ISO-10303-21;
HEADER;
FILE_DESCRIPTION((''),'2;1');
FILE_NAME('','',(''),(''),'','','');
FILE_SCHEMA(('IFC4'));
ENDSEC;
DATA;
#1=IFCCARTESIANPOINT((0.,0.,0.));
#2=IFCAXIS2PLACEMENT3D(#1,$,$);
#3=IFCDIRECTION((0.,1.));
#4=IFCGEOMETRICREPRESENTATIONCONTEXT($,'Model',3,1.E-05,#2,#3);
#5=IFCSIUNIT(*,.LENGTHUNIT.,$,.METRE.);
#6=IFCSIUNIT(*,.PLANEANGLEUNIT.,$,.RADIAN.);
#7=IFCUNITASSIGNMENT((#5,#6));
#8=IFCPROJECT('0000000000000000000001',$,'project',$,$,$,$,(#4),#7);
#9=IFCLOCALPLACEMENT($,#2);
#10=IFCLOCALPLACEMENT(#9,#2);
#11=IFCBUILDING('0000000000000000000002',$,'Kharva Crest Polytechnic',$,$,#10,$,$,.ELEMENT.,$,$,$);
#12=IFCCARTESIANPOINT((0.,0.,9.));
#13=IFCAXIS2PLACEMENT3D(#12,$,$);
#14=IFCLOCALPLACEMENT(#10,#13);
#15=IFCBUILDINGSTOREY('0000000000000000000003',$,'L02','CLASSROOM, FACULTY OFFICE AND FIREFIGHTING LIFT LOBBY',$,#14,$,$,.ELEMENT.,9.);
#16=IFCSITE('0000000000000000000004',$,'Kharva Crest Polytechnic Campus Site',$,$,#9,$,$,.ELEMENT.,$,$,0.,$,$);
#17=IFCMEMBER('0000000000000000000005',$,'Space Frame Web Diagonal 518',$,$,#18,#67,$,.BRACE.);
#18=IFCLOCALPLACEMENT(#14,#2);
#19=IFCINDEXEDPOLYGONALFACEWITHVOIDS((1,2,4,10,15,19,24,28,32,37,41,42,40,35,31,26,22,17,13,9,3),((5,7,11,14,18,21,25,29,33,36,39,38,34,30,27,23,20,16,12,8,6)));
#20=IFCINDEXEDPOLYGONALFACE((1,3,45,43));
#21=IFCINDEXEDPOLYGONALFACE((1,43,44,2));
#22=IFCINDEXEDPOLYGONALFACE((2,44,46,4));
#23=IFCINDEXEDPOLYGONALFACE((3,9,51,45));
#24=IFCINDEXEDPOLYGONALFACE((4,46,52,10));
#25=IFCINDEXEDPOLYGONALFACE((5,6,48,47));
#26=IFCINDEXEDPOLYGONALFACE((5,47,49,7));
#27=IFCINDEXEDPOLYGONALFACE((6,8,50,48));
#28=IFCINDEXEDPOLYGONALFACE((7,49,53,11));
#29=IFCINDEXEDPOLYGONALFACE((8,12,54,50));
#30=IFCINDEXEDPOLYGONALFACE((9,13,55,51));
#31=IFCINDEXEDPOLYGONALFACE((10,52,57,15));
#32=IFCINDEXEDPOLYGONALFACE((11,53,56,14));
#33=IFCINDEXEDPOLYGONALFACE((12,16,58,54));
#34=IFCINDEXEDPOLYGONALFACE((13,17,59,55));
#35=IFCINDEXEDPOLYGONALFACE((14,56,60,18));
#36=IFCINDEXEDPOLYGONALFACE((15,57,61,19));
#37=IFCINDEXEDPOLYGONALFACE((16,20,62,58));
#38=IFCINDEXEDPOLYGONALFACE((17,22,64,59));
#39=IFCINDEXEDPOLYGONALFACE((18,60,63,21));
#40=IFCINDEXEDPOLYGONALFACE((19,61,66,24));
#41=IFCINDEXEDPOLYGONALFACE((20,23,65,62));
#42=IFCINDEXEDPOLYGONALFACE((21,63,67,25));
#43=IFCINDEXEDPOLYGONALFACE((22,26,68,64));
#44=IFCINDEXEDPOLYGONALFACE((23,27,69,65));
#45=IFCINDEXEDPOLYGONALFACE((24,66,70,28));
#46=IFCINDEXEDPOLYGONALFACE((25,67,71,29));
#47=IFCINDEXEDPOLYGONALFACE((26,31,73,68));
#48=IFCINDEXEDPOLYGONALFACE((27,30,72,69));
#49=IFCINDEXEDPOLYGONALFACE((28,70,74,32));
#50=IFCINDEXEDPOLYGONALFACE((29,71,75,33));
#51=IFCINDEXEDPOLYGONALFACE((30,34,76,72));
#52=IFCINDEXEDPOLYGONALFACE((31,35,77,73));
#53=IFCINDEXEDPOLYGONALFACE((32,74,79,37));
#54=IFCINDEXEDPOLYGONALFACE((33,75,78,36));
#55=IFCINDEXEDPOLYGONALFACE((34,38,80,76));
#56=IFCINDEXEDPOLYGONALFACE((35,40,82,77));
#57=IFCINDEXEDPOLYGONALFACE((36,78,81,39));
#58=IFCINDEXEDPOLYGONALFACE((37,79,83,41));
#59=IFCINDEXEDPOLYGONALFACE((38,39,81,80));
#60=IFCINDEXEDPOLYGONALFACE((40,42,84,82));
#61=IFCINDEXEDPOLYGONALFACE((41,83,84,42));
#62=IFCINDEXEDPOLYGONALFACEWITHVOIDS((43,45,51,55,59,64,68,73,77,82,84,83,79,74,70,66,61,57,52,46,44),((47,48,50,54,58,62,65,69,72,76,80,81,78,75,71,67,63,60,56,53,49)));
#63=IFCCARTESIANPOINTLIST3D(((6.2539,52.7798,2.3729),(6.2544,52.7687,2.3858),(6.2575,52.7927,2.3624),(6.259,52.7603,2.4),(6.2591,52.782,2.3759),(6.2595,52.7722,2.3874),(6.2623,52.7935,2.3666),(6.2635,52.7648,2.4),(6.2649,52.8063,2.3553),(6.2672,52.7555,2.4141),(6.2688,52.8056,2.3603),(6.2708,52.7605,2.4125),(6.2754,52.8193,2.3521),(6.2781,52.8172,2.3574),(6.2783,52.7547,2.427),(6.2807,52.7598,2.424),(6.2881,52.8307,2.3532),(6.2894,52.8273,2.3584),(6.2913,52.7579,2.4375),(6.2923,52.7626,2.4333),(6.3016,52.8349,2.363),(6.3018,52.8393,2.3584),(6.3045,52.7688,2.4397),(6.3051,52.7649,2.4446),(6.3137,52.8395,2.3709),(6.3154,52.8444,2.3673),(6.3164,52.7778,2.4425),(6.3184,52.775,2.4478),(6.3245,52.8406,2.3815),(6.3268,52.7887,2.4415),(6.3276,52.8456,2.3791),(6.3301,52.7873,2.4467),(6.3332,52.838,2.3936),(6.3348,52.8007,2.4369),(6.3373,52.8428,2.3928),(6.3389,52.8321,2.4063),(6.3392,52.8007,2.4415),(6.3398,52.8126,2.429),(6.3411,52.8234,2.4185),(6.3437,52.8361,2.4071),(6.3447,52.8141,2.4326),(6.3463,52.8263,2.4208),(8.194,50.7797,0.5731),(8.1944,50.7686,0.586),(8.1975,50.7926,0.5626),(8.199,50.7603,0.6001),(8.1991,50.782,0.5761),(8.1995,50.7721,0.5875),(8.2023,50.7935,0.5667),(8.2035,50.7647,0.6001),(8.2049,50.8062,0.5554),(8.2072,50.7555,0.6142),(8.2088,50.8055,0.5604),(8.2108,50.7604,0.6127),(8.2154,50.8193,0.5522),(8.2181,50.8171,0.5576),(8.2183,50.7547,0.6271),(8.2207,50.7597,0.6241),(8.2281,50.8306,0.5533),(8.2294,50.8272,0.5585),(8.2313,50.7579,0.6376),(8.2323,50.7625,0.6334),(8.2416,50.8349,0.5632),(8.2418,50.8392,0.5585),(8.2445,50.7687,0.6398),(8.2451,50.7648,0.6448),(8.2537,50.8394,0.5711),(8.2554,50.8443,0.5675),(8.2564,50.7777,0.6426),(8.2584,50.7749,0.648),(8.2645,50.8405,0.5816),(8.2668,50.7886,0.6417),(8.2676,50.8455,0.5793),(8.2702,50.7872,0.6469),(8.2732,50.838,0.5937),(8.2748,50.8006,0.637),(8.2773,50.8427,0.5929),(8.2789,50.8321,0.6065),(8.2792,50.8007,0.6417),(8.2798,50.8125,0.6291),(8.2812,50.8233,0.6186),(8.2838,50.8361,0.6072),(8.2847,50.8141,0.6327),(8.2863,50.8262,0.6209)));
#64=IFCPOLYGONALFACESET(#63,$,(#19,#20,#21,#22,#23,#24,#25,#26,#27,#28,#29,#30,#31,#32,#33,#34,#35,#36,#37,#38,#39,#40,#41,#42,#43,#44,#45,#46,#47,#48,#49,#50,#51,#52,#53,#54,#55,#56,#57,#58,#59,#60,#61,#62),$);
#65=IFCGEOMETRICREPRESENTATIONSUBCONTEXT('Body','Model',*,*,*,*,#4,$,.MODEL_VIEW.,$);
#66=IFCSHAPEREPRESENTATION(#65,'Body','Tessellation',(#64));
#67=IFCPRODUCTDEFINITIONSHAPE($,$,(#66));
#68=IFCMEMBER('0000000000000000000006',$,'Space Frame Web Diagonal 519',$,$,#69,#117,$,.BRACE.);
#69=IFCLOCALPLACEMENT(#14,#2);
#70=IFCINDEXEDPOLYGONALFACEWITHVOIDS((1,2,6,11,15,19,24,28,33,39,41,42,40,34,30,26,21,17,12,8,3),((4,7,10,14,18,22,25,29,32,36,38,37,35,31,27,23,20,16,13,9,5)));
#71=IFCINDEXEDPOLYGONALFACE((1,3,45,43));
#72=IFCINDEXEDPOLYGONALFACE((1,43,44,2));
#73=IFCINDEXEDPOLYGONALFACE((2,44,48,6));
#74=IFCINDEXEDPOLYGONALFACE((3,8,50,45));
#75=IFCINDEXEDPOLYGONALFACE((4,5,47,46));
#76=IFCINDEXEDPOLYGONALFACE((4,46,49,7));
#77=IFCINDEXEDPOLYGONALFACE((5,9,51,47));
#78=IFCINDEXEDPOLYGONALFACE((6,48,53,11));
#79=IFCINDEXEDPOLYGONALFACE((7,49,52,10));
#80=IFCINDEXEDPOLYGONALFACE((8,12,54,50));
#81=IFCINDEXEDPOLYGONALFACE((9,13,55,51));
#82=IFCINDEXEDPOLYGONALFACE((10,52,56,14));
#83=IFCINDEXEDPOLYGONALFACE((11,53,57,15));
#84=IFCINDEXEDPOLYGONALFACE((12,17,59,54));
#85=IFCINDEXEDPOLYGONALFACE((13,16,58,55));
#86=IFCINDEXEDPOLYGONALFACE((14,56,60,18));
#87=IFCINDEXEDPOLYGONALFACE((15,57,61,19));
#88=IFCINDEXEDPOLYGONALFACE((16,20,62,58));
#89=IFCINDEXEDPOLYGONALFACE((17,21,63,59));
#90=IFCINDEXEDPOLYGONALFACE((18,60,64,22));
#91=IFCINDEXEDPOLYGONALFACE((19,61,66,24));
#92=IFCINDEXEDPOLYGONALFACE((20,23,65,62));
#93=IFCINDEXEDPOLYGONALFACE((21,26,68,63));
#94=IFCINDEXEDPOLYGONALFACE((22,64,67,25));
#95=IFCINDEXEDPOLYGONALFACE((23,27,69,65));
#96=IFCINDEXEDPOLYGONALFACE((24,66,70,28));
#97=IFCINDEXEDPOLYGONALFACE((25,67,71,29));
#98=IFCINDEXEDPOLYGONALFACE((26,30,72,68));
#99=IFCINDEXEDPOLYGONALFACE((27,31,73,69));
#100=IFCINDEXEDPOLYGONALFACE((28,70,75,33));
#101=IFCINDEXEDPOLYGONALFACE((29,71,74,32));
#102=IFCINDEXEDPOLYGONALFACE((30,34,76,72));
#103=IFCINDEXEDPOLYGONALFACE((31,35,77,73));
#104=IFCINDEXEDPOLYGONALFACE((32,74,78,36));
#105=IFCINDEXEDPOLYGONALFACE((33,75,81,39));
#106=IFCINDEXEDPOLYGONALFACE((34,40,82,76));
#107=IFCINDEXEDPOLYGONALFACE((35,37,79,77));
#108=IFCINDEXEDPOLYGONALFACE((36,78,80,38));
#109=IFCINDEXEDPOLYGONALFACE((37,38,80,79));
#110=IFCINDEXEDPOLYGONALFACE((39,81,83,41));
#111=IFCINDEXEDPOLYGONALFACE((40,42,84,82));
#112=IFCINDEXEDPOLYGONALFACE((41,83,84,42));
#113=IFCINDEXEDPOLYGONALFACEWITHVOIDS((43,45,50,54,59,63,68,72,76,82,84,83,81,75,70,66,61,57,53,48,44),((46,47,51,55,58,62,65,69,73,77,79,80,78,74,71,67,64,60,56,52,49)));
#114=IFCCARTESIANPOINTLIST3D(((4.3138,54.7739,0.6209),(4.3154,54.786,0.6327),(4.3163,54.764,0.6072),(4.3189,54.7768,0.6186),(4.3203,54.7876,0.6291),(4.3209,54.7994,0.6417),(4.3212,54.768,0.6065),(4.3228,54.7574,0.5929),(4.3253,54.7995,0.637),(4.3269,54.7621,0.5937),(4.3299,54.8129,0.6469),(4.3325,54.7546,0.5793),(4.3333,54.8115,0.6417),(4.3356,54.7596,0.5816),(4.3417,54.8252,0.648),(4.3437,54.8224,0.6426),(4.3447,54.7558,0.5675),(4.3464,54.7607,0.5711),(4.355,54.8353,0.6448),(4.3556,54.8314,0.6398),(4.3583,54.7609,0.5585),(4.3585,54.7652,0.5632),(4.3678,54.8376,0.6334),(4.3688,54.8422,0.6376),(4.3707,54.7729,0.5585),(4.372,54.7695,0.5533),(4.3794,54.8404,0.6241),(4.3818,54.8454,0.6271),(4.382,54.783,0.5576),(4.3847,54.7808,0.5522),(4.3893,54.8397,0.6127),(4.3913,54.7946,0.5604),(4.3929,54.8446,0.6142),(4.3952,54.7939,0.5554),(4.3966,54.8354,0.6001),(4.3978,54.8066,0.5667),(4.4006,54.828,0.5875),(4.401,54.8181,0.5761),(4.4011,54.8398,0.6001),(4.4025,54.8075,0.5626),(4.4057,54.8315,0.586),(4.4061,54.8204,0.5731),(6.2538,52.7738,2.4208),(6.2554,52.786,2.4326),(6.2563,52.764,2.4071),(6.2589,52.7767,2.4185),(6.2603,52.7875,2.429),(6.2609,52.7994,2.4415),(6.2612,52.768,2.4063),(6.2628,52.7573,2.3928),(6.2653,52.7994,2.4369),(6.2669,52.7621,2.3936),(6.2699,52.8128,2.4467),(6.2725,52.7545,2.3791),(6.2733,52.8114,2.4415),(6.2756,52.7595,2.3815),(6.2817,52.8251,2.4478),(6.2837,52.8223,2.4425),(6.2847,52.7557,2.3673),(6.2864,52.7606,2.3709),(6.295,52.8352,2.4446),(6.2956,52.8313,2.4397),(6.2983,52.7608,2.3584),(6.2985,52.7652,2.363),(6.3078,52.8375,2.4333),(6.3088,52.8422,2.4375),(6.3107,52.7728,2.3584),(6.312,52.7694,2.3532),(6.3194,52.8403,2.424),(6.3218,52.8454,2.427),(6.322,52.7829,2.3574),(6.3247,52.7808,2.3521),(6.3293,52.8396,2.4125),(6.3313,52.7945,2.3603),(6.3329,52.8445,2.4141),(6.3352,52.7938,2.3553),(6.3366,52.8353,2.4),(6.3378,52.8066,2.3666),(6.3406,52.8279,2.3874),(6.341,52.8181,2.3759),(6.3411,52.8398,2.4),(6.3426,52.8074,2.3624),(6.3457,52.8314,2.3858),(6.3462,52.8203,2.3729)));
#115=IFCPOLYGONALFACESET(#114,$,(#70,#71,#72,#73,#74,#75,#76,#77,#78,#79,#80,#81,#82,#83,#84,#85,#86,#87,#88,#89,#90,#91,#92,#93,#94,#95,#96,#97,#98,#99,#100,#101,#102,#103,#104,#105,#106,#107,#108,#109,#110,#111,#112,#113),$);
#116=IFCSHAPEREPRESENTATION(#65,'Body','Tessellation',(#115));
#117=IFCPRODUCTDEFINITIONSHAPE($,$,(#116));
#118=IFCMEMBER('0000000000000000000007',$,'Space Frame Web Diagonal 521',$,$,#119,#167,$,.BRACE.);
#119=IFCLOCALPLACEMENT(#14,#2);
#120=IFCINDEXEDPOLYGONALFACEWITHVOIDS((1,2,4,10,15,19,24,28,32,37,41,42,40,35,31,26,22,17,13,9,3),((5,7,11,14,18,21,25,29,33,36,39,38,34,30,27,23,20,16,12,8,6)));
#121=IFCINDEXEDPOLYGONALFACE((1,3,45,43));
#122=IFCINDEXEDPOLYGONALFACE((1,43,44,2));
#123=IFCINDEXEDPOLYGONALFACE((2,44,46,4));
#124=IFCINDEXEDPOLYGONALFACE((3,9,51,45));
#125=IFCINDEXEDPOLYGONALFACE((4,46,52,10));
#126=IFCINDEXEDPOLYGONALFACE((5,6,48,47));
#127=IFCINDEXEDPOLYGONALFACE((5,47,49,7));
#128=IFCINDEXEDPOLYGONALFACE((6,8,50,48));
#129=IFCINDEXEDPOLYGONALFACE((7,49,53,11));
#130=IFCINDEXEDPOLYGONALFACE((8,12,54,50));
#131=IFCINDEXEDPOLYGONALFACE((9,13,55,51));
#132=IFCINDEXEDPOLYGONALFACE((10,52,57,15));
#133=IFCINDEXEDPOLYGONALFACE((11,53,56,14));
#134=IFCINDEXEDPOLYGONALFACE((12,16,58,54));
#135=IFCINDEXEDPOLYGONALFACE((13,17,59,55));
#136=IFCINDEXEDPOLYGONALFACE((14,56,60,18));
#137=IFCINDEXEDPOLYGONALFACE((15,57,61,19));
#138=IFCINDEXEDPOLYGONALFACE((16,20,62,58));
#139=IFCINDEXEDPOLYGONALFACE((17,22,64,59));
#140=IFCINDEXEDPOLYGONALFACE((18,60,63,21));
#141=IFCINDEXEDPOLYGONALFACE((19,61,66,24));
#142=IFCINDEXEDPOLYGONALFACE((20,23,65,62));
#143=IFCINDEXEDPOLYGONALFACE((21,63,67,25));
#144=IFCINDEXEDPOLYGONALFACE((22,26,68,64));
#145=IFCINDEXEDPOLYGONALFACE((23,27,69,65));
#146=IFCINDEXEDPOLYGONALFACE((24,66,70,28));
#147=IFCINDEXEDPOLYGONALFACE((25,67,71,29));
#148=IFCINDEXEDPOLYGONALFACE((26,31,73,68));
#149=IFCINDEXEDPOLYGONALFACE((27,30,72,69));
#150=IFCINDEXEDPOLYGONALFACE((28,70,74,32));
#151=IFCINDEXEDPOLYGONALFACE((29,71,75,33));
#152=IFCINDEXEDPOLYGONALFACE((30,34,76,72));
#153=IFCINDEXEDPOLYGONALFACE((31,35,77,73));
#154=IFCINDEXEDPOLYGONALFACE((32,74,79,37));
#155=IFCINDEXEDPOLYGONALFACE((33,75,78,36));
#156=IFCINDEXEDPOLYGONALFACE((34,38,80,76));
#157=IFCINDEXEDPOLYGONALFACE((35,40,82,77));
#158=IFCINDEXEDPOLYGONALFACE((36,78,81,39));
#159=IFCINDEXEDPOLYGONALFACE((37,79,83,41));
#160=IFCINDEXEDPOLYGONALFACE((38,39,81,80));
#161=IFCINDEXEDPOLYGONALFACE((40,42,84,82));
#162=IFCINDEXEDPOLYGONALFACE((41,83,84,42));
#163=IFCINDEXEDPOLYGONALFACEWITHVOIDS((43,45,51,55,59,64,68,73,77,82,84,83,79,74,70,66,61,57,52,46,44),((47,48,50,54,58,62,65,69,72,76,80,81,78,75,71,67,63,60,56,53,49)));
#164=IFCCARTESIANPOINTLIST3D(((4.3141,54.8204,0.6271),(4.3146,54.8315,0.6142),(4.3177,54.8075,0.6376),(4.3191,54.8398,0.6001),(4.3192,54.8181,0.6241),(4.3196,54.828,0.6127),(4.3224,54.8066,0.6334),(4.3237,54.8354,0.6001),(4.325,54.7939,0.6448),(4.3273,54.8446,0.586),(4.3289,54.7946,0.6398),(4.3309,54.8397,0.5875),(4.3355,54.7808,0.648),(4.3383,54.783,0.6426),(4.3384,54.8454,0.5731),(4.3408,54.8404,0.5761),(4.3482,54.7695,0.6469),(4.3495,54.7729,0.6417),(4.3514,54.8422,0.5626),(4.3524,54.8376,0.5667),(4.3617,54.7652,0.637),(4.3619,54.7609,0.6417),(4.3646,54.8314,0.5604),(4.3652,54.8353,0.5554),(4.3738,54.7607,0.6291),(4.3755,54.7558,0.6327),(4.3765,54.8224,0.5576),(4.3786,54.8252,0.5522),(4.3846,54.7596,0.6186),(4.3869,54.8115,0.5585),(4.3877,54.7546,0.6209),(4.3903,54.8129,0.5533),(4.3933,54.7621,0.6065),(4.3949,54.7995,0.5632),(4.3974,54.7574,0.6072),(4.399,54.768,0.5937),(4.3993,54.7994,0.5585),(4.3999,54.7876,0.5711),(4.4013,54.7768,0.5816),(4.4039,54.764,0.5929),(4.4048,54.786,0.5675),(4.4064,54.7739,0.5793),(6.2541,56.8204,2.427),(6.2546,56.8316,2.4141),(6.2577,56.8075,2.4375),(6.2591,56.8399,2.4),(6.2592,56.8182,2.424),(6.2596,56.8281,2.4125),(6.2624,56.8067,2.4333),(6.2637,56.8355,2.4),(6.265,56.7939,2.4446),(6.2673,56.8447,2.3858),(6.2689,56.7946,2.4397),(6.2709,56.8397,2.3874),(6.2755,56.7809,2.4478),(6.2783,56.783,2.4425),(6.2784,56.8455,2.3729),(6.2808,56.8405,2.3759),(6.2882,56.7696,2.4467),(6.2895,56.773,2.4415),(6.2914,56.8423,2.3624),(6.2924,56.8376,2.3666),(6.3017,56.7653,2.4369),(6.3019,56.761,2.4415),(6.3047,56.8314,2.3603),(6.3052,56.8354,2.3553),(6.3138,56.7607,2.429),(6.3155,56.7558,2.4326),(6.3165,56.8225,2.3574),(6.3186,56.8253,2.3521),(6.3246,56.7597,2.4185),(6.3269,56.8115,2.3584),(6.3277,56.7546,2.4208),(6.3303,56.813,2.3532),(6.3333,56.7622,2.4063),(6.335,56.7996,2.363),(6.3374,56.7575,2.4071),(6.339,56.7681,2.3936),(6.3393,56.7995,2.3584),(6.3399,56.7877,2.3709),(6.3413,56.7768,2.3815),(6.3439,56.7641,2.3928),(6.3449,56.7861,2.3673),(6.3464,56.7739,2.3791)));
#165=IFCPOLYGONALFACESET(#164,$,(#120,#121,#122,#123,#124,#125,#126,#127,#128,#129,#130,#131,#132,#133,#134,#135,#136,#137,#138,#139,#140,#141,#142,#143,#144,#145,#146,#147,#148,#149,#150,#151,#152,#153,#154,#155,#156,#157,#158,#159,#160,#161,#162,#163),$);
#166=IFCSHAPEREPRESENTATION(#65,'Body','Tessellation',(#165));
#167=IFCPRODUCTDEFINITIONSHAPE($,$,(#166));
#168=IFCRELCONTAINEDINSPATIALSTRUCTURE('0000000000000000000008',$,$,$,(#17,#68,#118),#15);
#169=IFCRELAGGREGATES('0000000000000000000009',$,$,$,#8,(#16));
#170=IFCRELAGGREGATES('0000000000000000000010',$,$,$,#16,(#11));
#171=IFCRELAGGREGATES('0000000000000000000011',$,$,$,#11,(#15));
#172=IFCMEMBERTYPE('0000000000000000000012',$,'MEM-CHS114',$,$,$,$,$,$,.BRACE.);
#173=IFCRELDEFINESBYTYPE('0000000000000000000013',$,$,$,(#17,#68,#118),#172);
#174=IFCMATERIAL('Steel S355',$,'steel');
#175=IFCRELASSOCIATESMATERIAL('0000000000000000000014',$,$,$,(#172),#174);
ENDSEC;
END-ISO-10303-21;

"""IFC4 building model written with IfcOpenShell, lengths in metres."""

from ifc_helpers import new_model, si_unit, direction, frame, origin, origin_2d, place, context, subcontext, project, spatial, hollow_circle, extrude, material, material_profile, profile_set, type_object, element, save


model = new_model("IFC4")

# Units and contexts
model_context = context("Model", 3, precision=1e-05, world=origin(), true_north=direction((0.0, 1.0)))
body_context = subcontext(model_context, "Body", "Model", "MODEL_VIEW")
ifc_project = project(units=[si_unit("LENGTHUNIT", "METRE"), si_unit("PLANEANGLEUNIT", "RADIAN")], contexts=[model_context])

# Site, building, storey
site_placement = place(None, origin())
site = spatial("IfcSite", under=ifc_project, at=site_placement, Name="Kharva Crest Polytechnic Campus Site", CompositionType="ELEMENT", RefElevation=0.0)
building_placement = place(site_placement, origin())
building = spatial("IfcBuilding", under=site, at=building_placement, Name="Kharva Crest Polytechnic", CompositionType="ELEMENT")
storey_placement = place(building_placement, frame((0.0, 0.0, 9.0)))
storey = spatial("IfcBuildingStorey", under=building, at=storey_placement, Name="L02", Description="CLASSROOM, FACULTY OFFICE AND FIREFIGHTING LIFT LOBBY", CompositionType="ELEMENT", Elevation=9.0)

# Shared definitions
ifc_material_1 = material(Name="Steel S355", Category="steel")

# Members
ifc_material_profile_1 = material_profile(ifc_material_1, hollow_circle(Radius=0.0571, WallThickness=0.0063, at=origin_2d()), Name="CHS 114.3X6.3")
ifc_profile_set_1 = profile_set([ifc_material_profile_1], Name="Steel S355")
member_type_1 = type_object("IfcMemberType", Name="MEM-CHS114", PredefinedType="BRACE", material=ifc_profile_set_1)
for number, where, z_axis, x_axis, name in (
    (1, (8.24, 50.8, 0.6001), (-0.584843, 0.60295, 0.542596), (-0.717802, -0.696247, 0.0), "Space Frame Web Diagonal 518"),
    (2, (4.3601, 54.8, 0.6001), (0.584843, -0.60295, 0.542596), (0.717802, 0.696247, 0.0), "Space Frame Web Diagonal 519"),
    (3, (4.3601, 54.8, 0.6001), (0.584843, 0.60295, 0.542596), (-0.717802, 0.696247, 0.0), "Space Frame Web Diagonal 521"),
):
    element("IfcMember", number, at=place(storey_placement, frame(where, z_axis=z_axis, x_axis=x_axis)), inside=storey, type_object=member_type_1, Name=name, PredefinedType="BRACE", context=body_context, shape_type="SweptSolid", body=[
        extrude(hollow_circle(Radius=0.0571, WallThickness=0.0063, at=origin_2d()), origin(), (0.0, 0.0, 1.0), 3.3171),
    ])

save(model, "model.ifc")
